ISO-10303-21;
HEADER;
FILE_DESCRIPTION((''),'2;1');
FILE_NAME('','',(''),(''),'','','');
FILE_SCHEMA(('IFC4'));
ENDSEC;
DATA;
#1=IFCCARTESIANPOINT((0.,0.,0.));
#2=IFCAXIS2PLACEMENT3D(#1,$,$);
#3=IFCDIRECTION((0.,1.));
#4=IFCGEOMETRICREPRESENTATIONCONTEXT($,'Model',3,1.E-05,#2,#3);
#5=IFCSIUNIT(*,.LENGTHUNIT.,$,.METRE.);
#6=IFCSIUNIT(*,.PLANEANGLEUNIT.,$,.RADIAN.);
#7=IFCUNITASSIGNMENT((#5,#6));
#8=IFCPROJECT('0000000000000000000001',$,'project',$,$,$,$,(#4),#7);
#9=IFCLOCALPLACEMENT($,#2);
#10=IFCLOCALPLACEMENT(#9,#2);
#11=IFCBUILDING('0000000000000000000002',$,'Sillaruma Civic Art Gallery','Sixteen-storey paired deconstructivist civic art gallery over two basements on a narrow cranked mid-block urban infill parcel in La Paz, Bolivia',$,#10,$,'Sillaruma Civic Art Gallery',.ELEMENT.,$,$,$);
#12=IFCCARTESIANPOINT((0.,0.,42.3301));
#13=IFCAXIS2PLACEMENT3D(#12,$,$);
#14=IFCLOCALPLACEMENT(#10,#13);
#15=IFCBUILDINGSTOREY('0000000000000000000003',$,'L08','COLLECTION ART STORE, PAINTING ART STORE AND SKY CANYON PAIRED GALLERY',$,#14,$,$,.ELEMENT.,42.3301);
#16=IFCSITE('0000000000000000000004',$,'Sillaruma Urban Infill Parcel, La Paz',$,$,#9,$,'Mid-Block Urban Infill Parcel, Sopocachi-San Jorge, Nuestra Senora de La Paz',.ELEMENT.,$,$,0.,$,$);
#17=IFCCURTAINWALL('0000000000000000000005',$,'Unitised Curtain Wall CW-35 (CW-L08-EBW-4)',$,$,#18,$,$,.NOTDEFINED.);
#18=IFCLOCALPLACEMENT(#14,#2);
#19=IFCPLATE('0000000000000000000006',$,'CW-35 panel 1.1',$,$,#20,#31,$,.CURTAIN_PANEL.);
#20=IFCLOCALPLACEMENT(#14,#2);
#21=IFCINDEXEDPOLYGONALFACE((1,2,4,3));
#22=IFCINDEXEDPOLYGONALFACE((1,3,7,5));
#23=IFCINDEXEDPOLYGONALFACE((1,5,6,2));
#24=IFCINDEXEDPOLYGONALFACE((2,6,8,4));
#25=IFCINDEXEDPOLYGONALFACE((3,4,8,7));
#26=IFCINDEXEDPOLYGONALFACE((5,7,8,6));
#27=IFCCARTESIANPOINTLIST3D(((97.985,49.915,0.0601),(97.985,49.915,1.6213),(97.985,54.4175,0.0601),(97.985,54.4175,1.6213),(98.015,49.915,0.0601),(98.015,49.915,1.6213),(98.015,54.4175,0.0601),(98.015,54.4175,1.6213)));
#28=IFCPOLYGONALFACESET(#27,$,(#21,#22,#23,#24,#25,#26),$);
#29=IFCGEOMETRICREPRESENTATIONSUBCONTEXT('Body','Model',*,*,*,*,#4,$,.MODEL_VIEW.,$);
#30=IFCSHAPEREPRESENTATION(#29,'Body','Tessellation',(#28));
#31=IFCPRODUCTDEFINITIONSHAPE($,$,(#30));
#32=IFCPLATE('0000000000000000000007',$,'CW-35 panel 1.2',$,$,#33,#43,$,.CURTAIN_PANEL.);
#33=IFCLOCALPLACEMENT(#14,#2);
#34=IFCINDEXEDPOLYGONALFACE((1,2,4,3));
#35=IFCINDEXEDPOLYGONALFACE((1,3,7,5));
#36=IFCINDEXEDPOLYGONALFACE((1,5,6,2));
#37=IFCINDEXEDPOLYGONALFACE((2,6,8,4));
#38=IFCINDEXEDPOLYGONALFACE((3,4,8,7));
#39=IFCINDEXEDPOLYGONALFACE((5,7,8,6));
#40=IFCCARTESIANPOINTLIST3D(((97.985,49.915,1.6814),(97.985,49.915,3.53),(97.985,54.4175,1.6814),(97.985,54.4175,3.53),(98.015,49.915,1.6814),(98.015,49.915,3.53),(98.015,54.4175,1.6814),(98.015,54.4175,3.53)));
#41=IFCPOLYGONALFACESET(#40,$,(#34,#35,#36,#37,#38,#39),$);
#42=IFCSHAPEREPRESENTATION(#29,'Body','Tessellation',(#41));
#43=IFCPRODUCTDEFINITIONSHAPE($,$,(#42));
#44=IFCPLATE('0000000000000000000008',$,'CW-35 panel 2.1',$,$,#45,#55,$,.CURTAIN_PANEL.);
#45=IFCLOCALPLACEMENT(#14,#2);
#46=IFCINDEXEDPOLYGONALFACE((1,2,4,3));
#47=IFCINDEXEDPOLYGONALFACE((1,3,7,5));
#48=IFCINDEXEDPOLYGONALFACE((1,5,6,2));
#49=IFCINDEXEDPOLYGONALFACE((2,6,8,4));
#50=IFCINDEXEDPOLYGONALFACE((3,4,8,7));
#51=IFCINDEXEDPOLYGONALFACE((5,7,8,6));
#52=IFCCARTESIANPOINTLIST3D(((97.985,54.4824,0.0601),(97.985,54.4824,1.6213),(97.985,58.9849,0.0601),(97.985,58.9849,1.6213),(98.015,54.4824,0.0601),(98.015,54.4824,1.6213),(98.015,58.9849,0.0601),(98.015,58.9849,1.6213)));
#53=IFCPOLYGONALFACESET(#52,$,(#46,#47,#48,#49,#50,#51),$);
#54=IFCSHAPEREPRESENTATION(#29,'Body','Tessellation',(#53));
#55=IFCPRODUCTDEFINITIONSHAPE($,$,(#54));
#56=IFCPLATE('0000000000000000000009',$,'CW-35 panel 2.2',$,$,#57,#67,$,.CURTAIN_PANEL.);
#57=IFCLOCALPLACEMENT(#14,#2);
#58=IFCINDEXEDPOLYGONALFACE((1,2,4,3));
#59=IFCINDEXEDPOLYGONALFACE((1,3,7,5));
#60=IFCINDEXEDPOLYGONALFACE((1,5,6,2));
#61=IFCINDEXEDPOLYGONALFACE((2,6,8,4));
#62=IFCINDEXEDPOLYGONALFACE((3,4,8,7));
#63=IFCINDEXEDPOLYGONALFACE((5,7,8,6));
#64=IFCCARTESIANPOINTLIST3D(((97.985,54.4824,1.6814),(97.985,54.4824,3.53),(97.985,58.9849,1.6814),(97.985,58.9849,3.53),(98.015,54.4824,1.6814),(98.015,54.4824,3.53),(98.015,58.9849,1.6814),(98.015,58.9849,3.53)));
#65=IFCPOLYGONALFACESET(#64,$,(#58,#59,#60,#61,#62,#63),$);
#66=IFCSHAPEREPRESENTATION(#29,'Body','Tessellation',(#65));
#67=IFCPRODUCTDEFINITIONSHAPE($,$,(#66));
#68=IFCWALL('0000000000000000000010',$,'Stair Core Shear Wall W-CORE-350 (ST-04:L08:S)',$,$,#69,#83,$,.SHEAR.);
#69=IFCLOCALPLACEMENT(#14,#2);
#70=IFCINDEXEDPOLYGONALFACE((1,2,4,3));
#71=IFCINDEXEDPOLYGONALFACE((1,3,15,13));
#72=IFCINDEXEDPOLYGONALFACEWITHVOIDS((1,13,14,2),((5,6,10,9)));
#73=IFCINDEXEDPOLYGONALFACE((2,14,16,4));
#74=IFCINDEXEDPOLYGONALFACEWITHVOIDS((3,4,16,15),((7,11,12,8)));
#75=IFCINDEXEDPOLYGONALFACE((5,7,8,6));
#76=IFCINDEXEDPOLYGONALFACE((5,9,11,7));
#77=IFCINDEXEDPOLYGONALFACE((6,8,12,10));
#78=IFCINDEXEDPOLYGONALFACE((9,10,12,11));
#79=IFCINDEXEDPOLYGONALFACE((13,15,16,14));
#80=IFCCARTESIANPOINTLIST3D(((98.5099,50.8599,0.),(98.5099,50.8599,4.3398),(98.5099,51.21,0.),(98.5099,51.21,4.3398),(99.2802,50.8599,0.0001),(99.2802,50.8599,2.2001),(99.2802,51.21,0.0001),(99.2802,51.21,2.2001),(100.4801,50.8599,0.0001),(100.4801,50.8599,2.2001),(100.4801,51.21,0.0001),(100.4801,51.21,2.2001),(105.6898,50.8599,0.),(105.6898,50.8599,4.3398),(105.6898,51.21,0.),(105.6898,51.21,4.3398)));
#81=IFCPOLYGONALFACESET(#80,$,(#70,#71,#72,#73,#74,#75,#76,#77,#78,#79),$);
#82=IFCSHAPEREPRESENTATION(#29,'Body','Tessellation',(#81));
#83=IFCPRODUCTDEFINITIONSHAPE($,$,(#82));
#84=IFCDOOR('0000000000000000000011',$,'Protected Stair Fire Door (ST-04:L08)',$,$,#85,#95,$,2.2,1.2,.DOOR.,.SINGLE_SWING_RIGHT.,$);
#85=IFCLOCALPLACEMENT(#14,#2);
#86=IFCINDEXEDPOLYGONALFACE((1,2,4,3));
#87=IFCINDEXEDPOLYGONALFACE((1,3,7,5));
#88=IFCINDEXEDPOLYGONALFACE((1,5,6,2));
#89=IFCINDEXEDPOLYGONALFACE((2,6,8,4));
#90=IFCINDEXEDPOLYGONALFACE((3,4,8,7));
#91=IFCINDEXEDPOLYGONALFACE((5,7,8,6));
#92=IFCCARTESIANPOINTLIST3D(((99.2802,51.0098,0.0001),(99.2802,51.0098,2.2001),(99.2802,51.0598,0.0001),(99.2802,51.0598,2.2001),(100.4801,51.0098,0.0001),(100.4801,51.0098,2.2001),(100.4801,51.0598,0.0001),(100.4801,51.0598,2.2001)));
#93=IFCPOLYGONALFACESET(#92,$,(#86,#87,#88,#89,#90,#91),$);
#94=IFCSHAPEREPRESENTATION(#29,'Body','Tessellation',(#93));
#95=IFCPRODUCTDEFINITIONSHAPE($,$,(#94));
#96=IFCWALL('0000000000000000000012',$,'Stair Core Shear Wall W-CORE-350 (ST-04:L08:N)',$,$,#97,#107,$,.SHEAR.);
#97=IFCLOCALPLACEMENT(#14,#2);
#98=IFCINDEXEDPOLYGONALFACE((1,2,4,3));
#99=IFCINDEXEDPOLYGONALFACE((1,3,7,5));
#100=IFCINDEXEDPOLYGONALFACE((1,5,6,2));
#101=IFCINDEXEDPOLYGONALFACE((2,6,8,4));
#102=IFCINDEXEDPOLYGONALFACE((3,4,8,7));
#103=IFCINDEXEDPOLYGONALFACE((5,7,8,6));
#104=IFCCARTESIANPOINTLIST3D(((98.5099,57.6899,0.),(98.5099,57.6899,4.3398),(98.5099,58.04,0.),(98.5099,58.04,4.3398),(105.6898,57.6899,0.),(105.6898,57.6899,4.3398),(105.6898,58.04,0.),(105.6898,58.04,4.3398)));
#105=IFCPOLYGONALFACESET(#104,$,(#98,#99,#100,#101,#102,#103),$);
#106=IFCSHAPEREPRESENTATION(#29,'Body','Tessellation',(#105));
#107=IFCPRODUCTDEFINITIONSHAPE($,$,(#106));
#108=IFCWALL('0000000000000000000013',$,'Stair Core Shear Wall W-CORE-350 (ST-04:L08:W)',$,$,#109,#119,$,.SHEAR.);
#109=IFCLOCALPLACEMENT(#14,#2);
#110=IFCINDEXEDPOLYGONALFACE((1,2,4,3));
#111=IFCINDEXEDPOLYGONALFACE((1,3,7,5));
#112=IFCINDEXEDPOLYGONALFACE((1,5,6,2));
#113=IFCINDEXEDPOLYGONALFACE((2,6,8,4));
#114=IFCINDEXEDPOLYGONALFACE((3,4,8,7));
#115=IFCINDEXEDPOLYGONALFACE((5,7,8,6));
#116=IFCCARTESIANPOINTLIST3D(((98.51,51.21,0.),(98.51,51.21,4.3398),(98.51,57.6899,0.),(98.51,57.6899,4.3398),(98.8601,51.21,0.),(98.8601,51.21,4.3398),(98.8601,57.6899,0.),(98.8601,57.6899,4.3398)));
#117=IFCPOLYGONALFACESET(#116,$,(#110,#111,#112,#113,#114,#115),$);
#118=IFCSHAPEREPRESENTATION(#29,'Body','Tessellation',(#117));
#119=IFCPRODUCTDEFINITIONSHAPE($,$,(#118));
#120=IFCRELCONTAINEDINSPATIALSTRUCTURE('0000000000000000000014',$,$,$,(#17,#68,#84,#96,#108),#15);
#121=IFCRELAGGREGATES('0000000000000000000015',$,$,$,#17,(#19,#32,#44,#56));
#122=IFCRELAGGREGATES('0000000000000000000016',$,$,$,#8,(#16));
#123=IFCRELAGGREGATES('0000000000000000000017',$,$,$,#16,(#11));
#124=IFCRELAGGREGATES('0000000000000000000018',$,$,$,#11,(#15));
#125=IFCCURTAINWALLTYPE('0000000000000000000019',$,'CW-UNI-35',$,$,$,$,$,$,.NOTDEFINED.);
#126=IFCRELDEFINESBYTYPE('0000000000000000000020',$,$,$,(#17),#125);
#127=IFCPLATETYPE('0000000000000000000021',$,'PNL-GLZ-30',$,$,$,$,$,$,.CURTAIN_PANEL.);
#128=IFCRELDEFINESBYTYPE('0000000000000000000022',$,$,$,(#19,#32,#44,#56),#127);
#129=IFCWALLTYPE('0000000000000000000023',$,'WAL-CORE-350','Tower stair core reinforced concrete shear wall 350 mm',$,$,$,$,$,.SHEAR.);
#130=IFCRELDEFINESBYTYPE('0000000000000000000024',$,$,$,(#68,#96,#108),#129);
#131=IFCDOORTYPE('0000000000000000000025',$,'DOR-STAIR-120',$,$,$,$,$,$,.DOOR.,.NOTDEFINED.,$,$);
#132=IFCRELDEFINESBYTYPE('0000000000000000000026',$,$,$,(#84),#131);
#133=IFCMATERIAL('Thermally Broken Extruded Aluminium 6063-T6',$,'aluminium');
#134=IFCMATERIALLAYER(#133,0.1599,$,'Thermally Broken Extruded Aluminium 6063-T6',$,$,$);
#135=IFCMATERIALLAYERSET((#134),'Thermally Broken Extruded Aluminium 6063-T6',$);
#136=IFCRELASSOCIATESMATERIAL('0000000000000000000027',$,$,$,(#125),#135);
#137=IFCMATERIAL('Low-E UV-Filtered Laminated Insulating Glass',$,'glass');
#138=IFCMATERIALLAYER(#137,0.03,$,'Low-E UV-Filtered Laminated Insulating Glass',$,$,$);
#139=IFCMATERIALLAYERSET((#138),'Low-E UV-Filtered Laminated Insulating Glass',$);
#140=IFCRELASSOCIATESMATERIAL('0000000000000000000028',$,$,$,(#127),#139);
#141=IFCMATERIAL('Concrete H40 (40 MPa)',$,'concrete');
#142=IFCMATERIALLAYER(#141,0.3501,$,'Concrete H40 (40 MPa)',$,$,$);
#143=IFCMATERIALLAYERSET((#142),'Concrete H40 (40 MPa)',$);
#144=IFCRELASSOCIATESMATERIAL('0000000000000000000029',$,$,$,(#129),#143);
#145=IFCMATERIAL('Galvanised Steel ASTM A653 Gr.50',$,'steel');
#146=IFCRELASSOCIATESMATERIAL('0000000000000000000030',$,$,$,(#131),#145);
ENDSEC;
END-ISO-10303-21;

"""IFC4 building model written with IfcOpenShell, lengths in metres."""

from ifc_helpers import new_model, si_unit, direction, frame, frame_2d, origin, origin_2d, place, context, subcontext, project, spatial, rectangle, extrude, material, layer, layer_set, type_object, element, fill, aggregate, save


model = new_model("IFC4")

# Units and contexts
model_context = context("Model", 3, precision=1e-05, world=origin(), true_north=direction((0.0, 1.0)))
body_context = subcontext(model_context, "Body", "Model", "MODEL_VIEW")
ifc_project = project(units=[si_unit("LENGTHUNIT", "METRE"), si_unit("PLANEANGLEUNIT", "RADIAN")], contexts=[model_context])

# Site, building, storey
site_placement = place(None, origin())
site = spatial("IfcSite", under=ifc_project, at=site_placement, Name="Sillaruma Urban Infill Parcel, La Paz", LongName="Mid-Block Urban Infill Parcel, Sopocachi-San Jorge, Nuestra Senora de La Paz", CompositionType="ELEMENT", RefElevation=0.0)
building_placement = place(site_placement, origin())
building = spatial("IfcBuilding", under=site, at=building_placement, Name="Sillaruma Civic Art Gallery", Description="Sixteen-storey paired deconstructivist civic art gallery over two basements on a narrow cranked mid-block urban infill parcel in La Paz, Bolivia", LongName="Sillaruma Civic Art Gallery", CompositionType="ELEMENT")
storey_placement = place(building_placement, frame((0.0, 0.0, 42.3301)))
storey = spatial("IfcBuildingStorey", under=building, at=storey_placement, Name="L08", Description="COLLECTION ART STORE, PAINTING ART STORE AND SKY CANYON PAIRED GALLERY", CompositionType="ELEMENT", Elevation=42.3301)

# Shared definitions
ifc_material_1 = material(Name="Concrete H40 (40 MPa)", Category="concrete")

# Curtain wall
ifc_material_2 = material(Name="Thermally Broken Extruded Aluminium 6063-T6", Category="aluminium")
ifc_layer_1 = layer(ifc_material_2, 0.1599, Name="Thermally Broken Extruded Aluminium 6063-T6")
ifc_layer_set_1 = layer_set([ifc_layer_1], Name="Thermally Broken Extruded Aluminium 6063-T6")
curtain_wall_type = type_object("IfcCurtainWallType", Name="CW-UNI-35", PredefinedType="NOTDEFINED", material=ifc_layer_set_1)
curtain_wall_placement = place(storey_placement, origin())
curtain_wall = element("IfcCurtainWall", 1, at=curtain_wall_placement, inside=storey, type_object=curtain_wall_type, Name="Unitised Curtain Wall CW-35 (CW-L08-EBW-4)", PredefinedType="NOTDEFINED")

# Plates
ifc_material_3 = material(Name="Low-E UV-Filtered Laminated Insulating Glass", Category="glass")
ifc_layer_2 = layer(ifc_material_3, 0.03, Name="Low-E UV-Filtered Laminated Insulating Glass")
ifc_layer_set_2 = layer_set([ifc_layer_2], Name="Low-E UV-Filtered Laminated Insulating Glass")
plate_type_1 = type_object("IfcPlateType", Name="PNL-GLZ-30", PredefinedType="CURTAIN_PANEL", material=ifc_layer_set_2)
plate_1_placement = place(storey_placement, frame((98.0, 52.1663, 0.0601), z_axis=(0.0, 0.0, 1.0), x_axis=(0.0, 1.0, 0.0)))
plate_1 = element("IfcPlate", 2, at=plate_1_placement, type_object=plate_type_1, Name="CW-35 panel 1.1", PredefinedType="CURTAIN_PANEL", context=body_context, shape_type="SweptSolid", body=[
    extrude(rectangle(XDim=4.5024, YDim=0.03, at=origin_2d()), origin(), (0.0, 0.0, 1.0), 1.5613),
])
plate_2_placement = place(storey_placement, frame((98.0, 52.1663, 1.6814), z_axis=(0.0, 0.0, 1.0), x_axis=(0.0, 1.0, 0.0)))
plate_2 = element("IfcPlate", 3, at=plate_2_placement, type_object=plate_type_1, Name="CW-35 panel 1.2", PredefinedType="CURTAIN_PANEL", context=body_context, shape_type="SweptSolid", body=[
    extrude(rectangle(XDim=4.5024, YDim=0.03, at=origin_2d()), origin(), (0.0, 0.0, 1.0), 1.8486),
])
plate_3_placement = place(storey_placement, frame((98.0, 56.7336, 0.0601), z_axis=(0.0, 0.0, 1.0), x_axis=(0.0, 1.0, 0.0)))
plate_3 = element("IfcPlate", 4, at=plate_3_placement, type_object=plate_type_1, Name="CW-35 panel 2.1", PredefinedType="CURTAIN_PANEL", context=body_context, shape_type="SweptSolid", body=[
    extrude(rectangle(XDim=4.5024, YDim=0.03, at=origin_2d()), origin(), (0.0, 0.0, 1.0), 1.5613),
])
plate_4_placement = place(storey_placement, frame((98.0, 56.7336, 1.6814), z_axis=(0.0, 0.0, 1.0), x_axis=(0.0, 1.0, 0.0)))
plate_4 = element("IfcPlate", 5, at=plate_4_placement, type_object=plate_type_1, Name="CW-35 panel 2.2", PredefinedType="CURTAIN_PANEL", context=body_context, shape_type="SweptSolid", body=[
    extrude(rectangle(XDim=4.5024, YDim=0.03, at=origin_2d()), origin(), (0.0, 0.0, 1.0), 1.8486),
])
aggregate(curtain_wall, [plate_1, plate_2, plate_3, plate_4])

# Wall, opening, door
ifc_layer_3 = layer(ifc_material_1, 0.3501, Name="Concrete H40 (40 MPa)")
ifc_layer_set_3 = layer_set([ifc_layer_3], Name="Concrete H40 (40 MPa)")
wall_type = type_object("IfcWallType", Name="WAL-CORE-350", Description="Tower stair core reinforced concrete shear wall 350 mm", PredefinedType="SHEAR", material=ifc_layer_set_3)
wall_1_placement = place(storey_placement, frame((98.51, 51.0349, 0.0), z_axis=(0.0, 0.0, 1.0), x_axis=(1.0, 0.0, 0.0)))
wall_1 = element("IfcWall", 6, at=wall_1_placement, inside=storey, type_object=wall_type, Name="Stair Core Shear Wall W-CORE-350 (ST-04:L08:S)", PredefinedType="SHEAR", context=body_context, shape_type="SweptSolid", body=[
    extrude(rectangle(XDim=7.1799, YDim=0.3501, at=frame_2d((3.5898, 0.0))), origin(), (0.0, 0.0, 1.0), 4.3398),
])
opening_placement = place(wall_1_placement, frame((0.77, 0.0, 0.0)))
opening = element("IfcOpeningElement", 7, at=opening_placement, cuts=wall_1, PredefinedType="OPENING", context=body_context, shape_type="SweptSolid", body=[
    extrude(rectangle(XDim=1.2, YDim=2.2, at=frame_2d((0.6001, 1.1001))), frame((0.0, 0.1851, 0.0), z_axis=(0.0, -1.0, 0.0), x_axis=(1.0, 0.0, 0.0)), (0.0, 0.0, 1.0), 0.3701),
])
ifc_material_4 = material(Name="Galvanised Steel ASTM A653 Gr.50", Category="steel")
door_type = type_object("IfcDoorType", Name="DOR-STAIR-120", OperationType="NOTDEFINED", PredefinedType="DOOR", material=ifc_material_4)
door_placement = place(opening_placement, origin())
door = element("IfcDoor", 8, at=door_placement, inside=storey, type_object=door_type, Name="Protected Stair Fire Door (ST-04:L08)", OperationType="SINGLE_SWING_RIGHT", OverallHeight=2.2, OverallWidth=1.2, PredefinedType="DOOR", context=body_context, shape_type="SweptSolid", body=[
    extrude(rectangle(XDim=1.2, YDim=2.2, at=frame_2d((0.6001, 1.1001))), frame((0.0, 0.0249, 0.0), z_axis=(0.0, -1.0, 0.0), x_axis=(1.0, 0.0, 0.0)), (0.0, 0.0, 1.0), 0.05),
])
fill(opening, door)

# Walls
wall_2_placement = place(storey_placement, frame((98.51, 57.865, 0.0), z_axis=(0.0, 0.0, 1.0), x_axis=(1.0, 0.0, 0.0)))
element("IfcWall", 9, at=wall_2_placement, inside=storey, type_object=wall_type, Name="Stair Core Shear Wall W-CORE-350 (ST-04:L08:N)", PredefinedType="SHEAR", context=body_context, shape_type="SweptSolid", body=[
    extrude(rectangle(XDim=7.1799, YDim=0.3501, at=frame_2d((3.5898, 0.0))), origin(), (0.0, 0.0, 1.0), 4.3398),
])
wall_3_placement = place(storey_placement, frame((98.6851, 51.21, 0.0), z_axis=(0.0, 0.0, 1.0), x_axis=(0.0, 1.0, 0.0)))
element("IfcWall", 10, at=wall_3_placement, inside=storey, type_object=wall_type, Name="Stair Core Shear Wall W-CORE-350 (ST-04:L08:W)", PredefinedType="SHEAR", context=body_context, shape_type="SweptSolid", body=[
    extrude(rectangle(XDim=6.48, YDim=0.3501, at=frame_2d((3.24, 0.0))), origin(), (0.0, 0.0, 1.0), 4.3398),
])

save(model, "model.ifc")
